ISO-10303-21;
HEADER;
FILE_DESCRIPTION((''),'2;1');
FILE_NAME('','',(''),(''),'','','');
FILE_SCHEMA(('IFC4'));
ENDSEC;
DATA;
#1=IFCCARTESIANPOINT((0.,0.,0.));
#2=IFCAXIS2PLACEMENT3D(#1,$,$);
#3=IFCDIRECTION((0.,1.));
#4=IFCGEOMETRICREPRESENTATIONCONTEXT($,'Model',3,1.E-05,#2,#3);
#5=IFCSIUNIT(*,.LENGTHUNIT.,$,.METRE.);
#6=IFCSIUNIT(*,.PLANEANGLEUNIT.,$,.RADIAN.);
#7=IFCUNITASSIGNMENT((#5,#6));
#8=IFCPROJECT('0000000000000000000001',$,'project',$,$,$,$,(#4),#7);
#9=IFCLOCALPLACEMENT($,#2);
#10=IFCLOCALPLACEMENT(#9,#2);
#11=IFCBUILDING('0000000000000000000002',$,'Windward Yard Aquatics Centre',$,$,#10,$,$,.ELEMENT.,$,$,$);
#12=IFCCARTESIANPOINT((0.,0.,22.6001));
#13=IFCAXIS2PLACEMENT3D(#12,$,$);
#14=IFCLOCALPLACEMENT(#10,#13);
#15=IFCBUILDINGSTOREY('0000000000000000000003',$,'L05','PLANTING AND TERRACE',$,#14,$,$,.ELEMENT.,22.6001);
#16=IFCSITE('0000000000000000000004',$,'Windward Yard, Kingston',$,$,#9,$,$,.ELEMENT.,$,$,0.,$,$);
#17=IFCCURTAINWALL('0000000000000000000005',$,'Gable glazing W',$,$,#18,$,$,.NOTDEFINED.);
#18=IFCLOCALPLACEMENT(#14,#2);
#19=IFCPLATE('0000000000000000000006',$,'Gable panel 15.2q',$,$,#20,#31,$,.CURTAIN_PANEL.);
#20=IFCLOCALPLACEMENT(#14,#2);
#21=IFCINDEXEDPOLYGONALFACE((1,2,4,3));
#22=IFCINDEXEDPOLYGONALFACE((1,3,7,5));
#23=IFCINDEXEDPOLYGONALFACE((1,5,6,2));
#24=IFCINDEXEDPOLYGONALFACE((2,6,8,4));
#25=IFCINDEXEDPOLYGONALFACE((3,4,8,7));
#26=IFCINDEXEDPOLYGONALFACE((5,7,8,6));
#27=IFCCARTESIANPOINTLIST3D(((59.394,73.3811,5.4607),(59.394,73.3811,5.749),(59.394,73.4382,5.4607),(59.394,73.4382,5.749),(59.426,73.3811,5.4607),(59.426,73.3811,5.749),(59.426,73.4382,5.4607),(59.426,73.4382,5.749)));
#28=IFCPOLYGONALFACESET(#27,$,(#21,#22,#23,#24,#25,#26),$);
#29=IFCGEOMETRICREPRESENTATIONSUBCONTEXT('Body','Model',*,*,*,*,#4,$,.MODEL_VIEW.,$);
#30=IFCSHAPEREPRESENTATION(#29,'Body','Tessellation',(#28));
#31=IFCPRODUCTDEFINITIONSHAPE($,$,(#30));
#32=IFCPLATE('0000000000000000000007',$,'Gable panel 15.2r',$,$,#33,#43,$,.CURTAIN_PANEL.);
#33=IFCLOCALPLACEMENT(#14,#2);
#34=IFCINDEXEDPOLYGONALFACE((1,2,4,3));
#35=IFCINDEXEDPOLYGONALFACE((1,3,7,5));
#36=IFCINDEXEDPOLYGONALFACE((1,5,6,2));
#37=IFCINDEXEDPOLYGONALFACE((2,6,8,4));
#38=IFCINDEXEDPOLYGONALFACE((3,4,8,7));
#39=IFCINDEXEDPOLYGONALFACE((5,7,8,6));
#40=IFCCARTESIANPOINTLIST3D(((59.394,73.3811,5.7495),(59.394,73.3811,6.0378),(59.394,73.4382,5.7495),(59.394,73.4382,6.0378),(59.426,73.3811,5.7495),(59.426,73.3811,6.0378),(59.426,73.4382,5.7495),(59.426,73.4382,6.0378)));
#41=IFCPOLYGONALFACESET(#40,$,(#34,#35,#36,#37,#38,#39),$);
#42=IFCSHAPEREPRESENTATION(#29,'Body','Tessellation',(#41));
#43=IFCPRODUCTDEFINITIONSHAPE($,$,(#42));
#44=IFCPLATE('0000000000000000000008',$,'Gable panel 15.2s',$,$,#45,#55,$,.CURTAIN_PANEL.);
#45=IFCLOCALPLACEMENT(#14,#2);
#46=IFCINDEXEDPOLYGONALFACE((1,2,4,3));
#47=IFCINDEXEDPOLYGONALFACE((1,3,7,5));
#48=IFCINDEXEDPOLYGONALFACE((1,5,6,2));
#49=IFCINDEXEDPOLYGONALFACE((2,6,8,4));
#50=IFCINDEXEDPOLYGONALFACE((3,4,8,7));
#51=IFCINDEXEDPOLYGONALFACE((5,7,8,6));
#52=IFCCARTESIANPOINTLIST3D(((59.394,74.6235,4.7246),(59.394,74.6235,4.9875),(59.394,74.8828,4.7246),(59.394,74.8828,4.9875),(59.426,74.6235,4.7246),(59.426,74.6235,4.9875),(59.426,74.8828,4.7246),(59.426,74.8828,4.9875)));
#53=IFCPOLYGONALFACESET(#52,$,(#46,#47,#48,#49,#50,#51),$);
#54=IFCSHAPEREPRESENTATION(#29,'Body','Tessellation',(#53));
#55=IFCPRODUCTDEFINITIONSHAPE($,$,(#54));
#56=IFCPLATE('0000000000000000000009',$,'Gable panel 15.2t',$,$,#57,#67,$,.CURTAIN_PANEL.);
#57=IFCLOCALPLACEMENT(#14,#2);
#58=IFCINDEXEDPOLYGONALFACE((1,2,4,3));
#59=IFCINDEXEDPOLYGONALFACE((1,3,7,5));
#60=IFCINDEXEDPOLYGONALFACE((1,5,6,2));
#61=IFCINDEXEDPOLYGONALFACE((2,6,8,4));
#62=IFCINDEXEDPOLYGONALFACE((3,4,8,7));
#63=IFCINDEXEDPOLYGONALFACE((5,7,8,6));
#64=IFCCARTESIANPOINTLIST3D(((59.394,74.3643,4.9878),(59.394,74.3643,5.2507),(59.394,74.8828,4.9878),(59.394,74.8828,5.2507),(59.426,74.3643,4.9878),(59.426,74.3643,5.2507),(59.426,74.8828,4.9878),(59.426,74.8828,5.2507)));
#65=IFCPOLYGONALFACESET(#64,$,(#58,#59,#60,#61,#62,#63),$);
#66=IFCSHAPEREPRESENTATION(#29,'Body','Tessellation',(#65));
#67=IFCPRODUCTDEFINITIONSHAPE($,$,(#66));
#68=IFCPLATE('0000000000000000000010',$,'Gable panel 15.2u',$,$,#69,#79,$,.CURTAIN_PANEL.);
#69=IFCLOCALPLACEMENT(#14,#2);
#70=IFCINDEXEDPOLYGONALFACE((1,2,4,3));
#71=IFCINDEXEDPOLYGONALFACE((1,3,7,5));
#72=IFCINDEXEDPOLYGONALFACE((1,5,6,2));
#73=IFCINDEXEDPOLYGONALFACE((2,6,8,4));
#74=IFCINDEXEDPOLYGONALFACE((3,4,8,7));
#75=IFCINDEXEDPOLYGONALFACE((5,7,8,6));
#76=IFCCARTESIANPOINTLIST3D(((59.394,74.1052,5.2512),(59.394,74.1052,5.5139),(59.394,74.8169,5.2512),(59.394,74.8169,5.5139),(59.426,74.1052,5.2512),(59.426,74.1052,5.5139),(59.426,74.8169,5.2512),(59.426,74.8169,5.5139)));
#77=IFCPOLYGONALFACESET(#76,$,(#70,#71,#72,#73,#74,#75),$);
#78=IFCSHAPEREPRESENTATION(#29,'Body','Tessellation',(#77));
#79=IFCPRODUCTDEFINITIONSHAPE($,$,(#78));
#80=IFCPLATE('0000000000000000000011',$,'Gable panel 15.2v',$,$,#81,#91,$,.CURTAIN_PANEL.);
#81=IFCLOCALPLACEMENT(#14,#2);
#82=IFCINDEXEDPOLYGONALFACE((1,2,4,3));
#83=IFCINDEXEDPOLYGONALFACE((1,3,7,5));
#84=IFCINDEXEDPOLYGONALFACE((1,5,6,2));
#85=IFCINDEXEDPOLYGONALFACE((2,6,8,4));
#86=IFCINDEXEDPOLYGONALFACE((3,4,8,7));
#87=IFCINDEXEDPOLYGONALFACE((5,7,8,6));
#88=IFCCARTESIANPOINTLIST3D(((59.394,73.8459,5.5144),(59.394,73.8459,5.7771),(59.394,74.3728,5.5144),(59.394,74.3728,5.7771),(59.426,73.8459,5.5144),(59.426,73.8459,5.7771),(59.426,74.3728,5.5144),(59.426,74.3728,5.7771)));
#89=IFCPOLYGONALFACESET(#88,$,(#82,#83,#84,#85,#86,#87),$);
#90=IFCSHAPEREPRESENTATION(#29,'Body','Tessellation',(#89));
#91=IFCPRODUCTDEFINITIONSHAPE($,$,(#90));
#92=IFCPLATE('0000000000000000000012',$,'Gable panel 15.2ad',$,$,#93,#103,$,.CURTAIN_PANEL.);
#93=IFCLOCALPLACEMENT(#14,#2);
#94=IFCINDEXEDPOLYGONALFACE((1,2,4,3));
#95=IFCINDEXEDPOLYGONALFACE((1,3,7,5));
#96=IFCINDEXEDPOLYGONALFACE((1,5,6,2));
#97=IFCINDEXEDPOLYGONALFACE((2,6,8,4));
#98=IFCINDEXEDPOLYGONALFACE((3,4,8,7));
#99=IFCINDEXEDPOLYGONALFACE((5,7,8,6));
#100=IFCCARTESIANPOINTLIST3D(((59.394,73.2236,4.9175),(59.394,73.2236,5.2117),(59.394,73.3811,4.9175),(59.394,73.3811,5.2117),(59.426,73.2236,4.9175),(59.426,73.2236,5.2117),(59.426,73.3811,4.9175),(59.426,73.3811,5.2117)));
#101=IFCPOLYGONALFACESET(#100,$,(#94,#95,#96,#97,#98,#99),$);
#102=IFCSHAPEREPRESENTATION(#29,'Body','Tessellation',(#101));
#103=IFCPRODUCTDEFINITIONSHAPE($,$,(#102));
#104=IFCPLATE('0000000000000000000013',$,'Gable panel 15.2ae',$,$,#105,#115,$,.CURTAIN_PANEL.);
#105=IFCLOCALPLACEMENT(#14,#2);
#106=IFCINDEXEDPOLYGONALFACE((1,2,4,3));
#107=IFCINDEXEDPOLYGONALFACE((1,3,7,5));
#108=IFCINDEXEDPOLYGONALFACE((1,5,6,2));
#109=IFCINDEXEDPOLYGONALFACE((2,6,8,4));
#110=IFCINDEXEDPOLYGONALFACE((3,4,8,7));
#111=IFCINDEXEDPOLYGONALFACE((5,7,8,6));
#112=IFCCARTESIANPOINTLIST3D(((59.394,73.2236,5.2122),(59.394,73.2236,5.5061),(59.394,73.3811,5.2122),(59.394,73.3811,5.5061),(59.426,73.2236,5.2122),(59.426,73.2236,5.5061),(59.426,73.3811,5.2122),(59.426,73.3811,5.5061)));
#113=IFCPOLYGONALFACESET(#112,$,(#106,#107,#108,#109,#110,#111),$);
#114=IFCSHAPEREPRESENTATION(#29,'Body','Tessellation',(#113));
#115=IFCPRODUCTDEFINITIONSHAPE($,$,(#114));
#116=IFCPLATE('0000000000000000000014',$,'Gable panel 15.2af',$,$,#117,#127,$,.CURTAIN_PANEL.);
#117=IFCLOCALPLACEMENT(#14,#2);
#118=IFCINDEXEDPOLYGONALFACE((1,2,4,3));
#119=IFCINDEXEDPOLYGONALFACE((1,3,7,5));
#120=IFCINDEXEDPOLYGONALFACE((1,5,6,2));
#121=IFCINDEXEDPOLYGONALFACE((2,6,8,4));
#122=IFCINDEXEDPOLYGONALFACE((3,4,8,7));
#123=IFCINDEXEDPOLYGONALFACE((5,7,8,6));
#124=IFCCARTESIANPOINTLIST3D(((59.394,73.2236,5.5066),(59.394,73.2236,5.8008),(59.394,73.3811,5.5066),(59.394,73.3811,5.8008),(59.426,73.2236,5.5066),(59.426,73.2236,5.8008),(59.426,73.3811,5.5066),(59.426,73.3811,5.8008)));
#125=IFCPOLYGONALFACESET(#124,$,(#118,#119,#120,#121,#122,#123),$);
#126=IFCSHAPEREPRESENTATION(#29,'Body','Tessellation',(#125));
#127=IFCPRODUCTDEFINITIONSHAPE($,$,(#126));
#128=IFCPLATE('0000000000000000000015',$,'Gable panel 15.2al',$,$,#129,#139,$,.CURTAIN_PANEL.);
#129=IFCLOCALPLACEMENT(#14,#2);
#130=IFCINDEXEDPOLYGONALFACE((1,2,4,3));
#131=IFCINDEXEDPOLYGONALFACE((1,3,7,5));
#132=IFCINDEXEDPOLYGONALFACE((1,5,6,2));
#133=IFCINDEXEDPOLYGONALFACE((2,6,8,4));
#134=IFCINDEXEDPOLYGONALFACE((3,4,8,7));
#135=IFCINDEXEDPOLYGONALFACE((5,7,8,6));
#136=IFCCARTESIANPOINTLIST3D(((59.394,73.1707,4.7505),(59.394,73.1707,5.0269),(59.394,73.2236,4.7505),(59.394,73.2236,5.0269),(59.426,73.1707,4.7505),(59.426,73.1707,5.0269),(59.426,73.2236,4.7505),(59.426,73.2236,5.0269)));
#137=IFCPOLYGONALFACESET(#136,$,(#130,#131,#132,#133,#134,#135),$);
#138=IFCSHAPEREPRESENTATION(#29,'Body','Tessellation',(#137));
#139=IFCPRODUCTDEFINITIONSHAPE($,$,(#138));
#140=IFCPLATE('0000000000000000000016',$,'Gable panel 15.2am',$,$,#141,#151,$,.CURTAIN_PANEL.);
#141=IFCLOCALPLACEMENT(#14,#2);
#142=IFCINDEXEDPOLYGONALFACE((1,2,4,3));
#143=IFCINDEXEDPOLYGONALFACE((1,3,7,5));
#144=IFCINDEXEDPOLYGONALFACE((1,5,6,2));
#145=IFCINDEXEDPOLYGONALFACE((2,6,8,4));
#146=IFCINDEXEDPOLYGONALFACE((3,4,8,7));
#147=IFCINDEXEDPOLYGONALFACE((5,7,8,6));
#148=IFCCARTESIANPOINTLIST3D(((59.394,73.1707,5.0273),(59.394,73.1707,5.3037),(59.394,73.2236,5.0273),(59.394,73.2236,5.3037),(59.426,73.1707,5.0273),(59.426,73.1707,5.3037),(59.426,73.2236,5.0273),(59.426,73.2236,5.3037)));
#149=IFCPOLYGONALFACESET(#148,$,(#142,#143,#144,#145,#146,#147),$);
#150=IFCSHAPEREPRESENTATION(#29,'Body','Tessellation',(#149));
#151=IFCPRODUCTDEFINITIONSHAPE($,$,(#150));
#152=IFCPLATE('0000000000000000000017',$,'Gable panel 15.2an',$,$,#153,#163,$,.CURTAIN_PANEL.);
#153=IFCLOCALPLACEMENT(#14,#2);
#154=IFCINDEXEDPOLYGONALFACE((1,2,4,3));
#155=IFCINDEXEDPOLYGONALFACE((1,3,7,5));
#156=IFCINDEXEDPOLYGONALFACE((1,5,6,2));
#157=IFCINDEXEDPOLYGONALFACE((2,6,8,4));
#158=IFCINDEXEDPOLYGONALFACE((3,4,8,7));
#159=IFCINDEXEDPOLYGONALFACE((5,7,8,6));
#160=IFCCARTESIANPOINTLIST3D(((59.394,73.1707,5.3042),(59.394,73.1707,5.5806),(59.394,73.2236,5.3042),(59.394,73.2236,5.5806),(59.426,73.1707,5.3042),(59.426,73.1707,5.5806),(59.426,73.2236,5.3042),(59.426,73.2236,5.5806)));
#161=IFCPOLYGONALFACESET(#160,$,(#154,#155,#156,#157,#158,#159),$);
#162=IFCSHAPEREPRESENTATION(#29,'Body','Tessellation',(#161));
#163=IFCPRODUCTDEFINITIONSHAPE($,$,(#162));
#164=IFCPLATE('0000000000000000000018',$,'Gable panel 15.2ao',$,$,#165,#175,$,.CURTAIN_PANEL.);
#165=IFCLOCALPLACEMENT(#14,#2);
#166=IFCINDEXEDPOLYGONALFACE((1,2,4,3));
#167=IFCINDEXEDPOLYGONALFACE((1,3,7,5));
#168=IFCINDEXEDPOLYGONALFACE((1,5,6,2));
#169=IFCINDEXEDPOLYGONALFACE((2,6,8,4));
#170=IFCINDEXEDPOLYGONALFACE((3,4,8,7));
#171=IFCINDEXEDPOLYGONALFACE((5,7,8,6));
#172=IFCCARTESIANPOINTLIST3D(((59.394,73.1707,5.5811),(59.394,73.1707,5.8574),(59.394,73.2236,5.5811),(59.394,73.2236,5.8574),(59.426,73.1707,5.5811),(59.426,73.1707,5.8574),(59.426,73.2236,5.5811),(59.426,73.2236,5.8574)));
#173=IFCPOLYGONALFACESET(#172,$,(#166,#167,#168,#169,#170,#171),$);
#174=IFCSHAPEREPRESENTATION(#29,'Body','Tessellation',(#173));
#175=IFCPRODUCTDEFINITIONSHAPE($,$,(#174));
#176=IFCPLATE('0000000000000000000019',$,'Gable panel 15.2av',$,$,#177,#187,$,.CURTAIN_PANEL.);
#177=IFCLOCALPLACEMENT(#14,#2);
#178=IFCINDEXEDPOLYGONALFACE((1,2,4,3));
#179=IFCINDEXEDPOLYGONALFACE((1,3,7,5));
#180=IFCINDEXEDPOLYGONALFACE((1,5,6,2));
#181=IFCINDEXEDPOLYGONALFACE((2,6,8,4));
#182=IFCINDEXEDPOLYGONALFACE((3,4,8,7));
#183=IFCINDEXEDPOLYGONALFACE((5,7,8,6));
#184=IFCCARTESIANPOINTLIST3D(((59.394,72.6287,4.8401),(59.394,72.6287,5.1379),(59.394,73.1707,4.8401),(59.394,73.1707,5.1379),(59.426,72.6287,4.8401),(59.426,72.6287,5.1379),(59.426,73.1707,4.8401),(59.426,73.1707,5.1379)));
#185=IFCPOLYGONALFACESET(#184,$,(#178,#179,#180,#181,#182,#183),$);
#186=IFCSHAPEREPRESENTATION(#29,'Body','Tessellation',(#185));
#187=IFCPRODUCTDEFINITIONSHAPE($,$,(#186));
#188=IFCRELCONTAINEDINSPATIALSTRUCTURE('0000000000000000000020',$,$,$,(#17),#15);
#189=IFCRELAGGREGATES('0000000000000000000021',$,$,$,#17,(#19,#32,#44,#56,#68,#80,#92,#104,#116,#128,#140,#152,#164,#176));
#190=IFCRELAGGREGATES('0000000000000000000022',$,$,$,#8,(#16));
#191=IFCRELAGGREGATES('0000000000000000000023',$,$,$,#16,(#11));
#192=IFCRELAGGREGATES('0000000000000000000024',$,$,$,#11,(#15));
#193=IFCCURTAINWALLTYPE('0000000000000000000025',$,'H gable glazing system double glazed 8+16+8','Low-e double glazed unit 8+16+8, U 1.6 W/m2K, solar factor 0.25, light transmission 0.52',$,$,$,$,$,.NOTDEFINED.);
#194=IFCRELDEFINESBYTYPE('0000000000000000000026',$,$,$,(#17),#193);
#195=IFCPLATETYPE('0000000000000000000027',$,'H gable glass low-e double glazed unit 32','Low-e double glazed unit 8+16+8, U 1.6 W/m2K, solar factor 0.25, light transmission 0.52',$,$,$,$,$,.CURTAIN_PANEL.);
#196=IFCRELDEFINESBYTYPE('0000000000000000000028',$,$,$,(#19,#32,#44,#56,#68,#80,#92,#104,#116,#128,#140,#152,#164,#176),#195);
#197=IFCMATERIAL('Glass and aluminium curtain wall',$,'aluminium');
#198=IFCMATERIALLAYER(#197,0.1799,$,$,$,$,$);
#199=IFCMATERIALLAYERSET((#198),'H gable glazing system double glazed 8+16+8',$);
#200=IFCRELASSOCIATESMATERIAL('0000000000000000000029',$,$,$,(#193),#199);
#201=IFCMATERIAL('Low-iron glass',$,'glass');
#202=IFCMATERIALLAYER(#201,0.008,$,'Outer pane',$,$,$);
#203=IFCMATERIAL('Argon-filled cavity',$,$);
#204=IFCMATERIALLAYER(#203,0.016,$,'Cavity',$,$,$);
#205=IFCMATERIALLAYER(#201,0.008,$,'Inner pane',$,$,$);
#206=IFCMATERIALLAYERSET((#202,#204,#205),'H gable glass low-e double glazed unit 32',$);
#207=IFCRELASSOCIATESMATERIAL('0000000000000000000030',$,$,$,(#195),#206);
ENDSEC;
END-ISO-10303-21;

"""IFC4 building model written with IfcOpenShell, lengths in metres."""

from ifc_helpers import new_model, si_unit, direction, frame, origin, place, context, subcontext, project, spatial, polyline, outline, extrude, material, layer, layer_set, type_object, element, aggregate, save


model = new_model("IFC4")

# Units and contexts
model_context = context("Model", 3, precision=1e-05, world=origin(), true_north=direction((0.0, 1.0)))
body_context = subcontext(model_context, "Body", "Model", "MODEL_VIEW")
ifc_project = project(units=[si_unit("LENGTHUNIT", "METRE"), si_unit("PLANEANGLEUNIT", "RADIAN")], contexts=[model_context])

# Site, building, storey
site_placement = place(None, origin())
site = spatial("IfcSite", under=ifc_project, at=site_placement, Name="Windward Yard, Kingston", CompositionType="ELEMENT", RefElevation=0.0)
building_placement = place(site_placement, origin())
building = spatial("IfcBuilding", under=site, at=building_placement, Name="Windward Yard Aquatics Centre", CompositionType="ELEMENT")
storey_placement = place(building_placement, frame((0.0, 0.0, 22.6001)))
storey = spatial("IfcBuildingStorey", under=building, at=storey_placement, Name="L05", Description="PLANTING AND TERRACE", CompositionType="ELEMENT", Elevation=22.6001)

# Curtain wall, plates
ifc_material_1 = material(Name="Glass and aluminium curtain wall", Category="aluminium")
ifc_layer_1 = layer(ifc_material_1, 0.1799)
ifc_layer_set_1 = layer_set([ifc_layer_1], Name="H gable glazing system double glazed 8+16+8")
curtain_wall_type = type_object("IfcCurtainWallType", Name="H gable glazing system double glazed 8+16+8", Description="Low-e double glazed unit 8+16+8, U 1.6 W/m2K, solar factor 0.25, light transmission 0.52", PredefinedType="NOTDEFINED", material=ifc_layer_set_1)
curtain_wall_placement = place(storey_placement, origin())
curtain_wall = element("IfcCurtainWall", 1, at=curtain_wall_placement, inside=storey, type_object=curtain_wall_type, Name="Gable glazing W", PredefinedType="NOTDEFINED")
ifc_material_2 = material(Name="Low-iron glass", Category="glass")
ifc_layer_2 = layer(ifc_material_2, 0.008, Name="Outer pane")
ifc_material_3 = material(Name="Argon-filled cavity")
ifc_layer_3 = layer(ifc_material_3, 0.016, Name="Cavity")
ifc_layer_4 = layer(ifc_material_2, 0.008, Name="Inner pane")
ifc_layer_set_2 = layer_set([ifc_layer_2, ifc_layer_3, ifc_layer_4], Name="H gable glass low-e double glazed unit 32")
plate_type = type_object("IfcPlateType", Name="H gable glass low-e double glazed unit 32", Description="Low-e double glazed unit 8+16+8, U 1.6 W/m2K, solar factor 0.25, light transmission 0.52", PredefinedType="CURTAIN_PANEL", material=ifc_layer_set_2)
plate_1_placement = place(storey_placement, frame((59.426, 73.3811, 5.4607), z_axis=(1.0, 0.0, 0.0), x_axis=(0.0, 1.0, 0.0)))
plate_1 = element("IfcPlate", 2, at=plate_1_placement, type_object=plate_type, Name="Gable panel 15.2q", PredefinedType="CURTAIN_PANEL", context=body_context, shape_type="SweptSolid", body=[
    extrude(outline(polyline([(0.0, 0.0), (0.0571, 0.0), (0.0571, 0.2883), (0.0, 0.2883), (0.0, 0.0)])), origin(), (0.0, 0.0, -1.0), 0.032),
])
plate_2_placement = place(storey_placement, frame((59.426, 73.3811, 5.7495), z_axis=(1.0, 0.0, 0.0), x_axis=(0.0, 1.0, 0.0)))
plate_2 = element("IfcPlate", 3, at=plate_2_placement, type_object=plate_type, Name="Gable panel 15.2r", PredefinedType="CURTAIN_PANEL", context=body_context, shape_type="SweptSolid", body=[
    extrude(outline(polyline([(0.0, 0.0), (0.0571, 0.0), (0.0571, 0.2883), (0.0, 0.2883), (0.0, 0.0)])), origin(), (0.0, 0.0, -1.0), 0.032),
])
plate_3_placement = place(storey_placement, frame((59.426, 74.6235, 4.7246), z_axis=(1.0, 0.0, 0.0), x_axis=(0.0, 1.0, 0.0)))
plate_3 = element("IfcPlate", 4, at=plate_3_placement, type_object=plate_type, Name="Gable panel 15.2s", PredefinedType="CURTAIN_PANEL", context=body_context, shape_type="SweptSolid", body=[
    extrude(outline(polyline([(0.0, 0.0), (0.2593, 0.0), (0.2593, 0.2629), (0.0, 0.2629), (0.0, 0.0)])), origin(), (0.0, 0.0, -1.0), 0.032),
])
plate_4_placement = place(storey_placement, frame((59.426, 74.3643, 4.9878), z_axis=(1.0, 0.0, 0.0), x_axis=(0.0, 1.0, 0.0)))
plate_4 = element("IfcPlate", 5, at=plate_4_placement, type_object=plate_type, Name="Gable panel 15.2t", PredefinedType="CURTAIN_PANEL", context=body_context, shape_type="SweptSolid", body=[
    extrude(outline(polyline([(0.0, 0.0), (0.5186, 0.0), (0.5186, 0.2629), (0.0, 0.2629), (0.0, 0.0)])), origin(), (0.0, 0.0, -1.0), 0.032),
])
plate_5_placement = place(storey_placement, frame((59.426, 74.1052, 5.2512), z_axis=(1.0, 0.0, 0.0), x_axis=(0.0, 1.0, 0.0)))
plate_5 = element("IfcPlate", 6, at=plate_5_placement, type_object=plate_type, Name="Gable panel 15.2u", PredefinedType="CURTAIN_PANEL", context=body_context, shape_type="SweptSolid", body=[
    extrude(outline(polyline([(0.0, 0.0), (0.7117, 0.0), (0.7117, 0.2627), (0.0, 0.2627), (0.0, 0.0)])), origin(), (0.0, 0.0, -1.0), 0.032),
])
plate_6_placement = place(storey_placement, frame((59.426, 73.8459, 5.5144), z_axis=(1.0, 0.0, 0.0), x_axis=(0.0, 1.0, 0.0)))
plate_6 = element("IfcPlate", 7, at=plate_6_placement, type_object=plate_type, Name="Gable panel 15.2v", PredefinedType="CURTAIN_PANEL", context=body_context, shape_type="SweptSolid", body=[
    extrude(outline(polyline([(0.0, 0.0), (0.5269, 0.0), (0.5269, 0.2627), (0.0, 0.2627), (0.0, 0.0)])), origin(), (0.0, 0.0, -1.0), 0.032),
])
plate_7_placement = place(storey_placement, frame((59.426, 73.2236, 4.9175), z_axis=(1.0, 0.0, 0.0), x_axis=(0.0, 1.0, 0.0)))
plate_7 = element("IfcPlate", 8, at=plate_7_placement, type_object=plate_type, Name="Gable panel 15.2ad", PredefinedType="CURTAIN_PANEL", context=body_context, shape_type="SweptSolid", body=[
    extrude(outline(polyline([(0.0, 0.0), (0.1575, 0.0), (0.1575, 0.2942), (0.0, 0.2942), (0.0, 0.0)])), origin(), (0.0, 0.0, -1.0), 0.032),
])
plate_8_placement = place(storey_placement, frame((59.426, 73.2236, 5.2122), z_axis=(1.0, 0.0, 0.0), x_axis=(0.0, 1.0, 0.0)))
plate_8 = element("IfcPlate", 9, at=plate_8_placement, type_object=plate_type, Name="Gable panel 15.2ae", PredefinedType="CURTAIN_PANEL", context=body_context, shape_type="SweptSolid", body=[
    extrude(outline(polyline([(0.0, 0.0), (0.1575, 0.0), (0.1575, 0.2939), (0.0, 0.2939), (0.0, 0.0)])), origin(), (0.0, 0.0, -1.0), 0.032),
])
plate_9_placement = place(storey_placement, frame((59.426, 73.2236, 5.5066), z_axis=(1.0, 0.0, 0.0), x_axis=(0.0, 1.0, 0.0)))
plate_9 = element("IfcPlate", 10, at=plate_9_placement, type_object=plate_type, Name="Gable panel 15.2af", PredefinedType="CURTAIN_PANEL", context=body_context, shape_type="SweptSolid", body=[
    extrude(outline(polyline([(0.0, 0.0), (0.1575, 0.0), (0.1575, 0.2942), (0.0, 0.2942), (0.0, 0.0)])), origin(), (0.0, 0.0, -1.0), 0.032),
])
plate_10_placement = place(storey_placement, frame((59.426, 73.1707, 4.7505), z_axis=(1.0, 0.0, 0.0), x_axis=(0.0, 1.0, 0.0)))
plate_10 = element("IfcPlate", 11, at=plate_10_placement, type_object=plate_type, Name="Gable panel 15.2al", PredefinedType="CURTAIN_PANEL", context=body_context, shape_type="SweptSolid", body=[
    extrude(outline(polyline([(0.0, 0.0), (0.053, 0.0), (0.053, 0.2764), (0.0, 0.2764), (0.0, 0.0)])), origin(), (0.0, 0.0, -1.0), 0.032),
])
plate_11_placement = place(storey_placement, frame((59.426, 73.1707, 5.0273), z_axis=(1.0, 0.0, 0.0), x_axis=(0.0, 1.0, 0.0)))
plate_11 = element("IfcPlate", 12, at=plate_11_placement, type_object=plate_type, Name="Gable panel 15.2am", PredefinedType="CURTAIN_PANEL", context=body_context, shape_type="SweptSolid", body=[
    extrude(outline(polyline([(0.0, 0.0), (0.053, 0.0), (0.053, 0.2764), (0.0, 0.2764), (0.0, 0.0)])), origin(), (0.0, 0.0, -1.0), 0.032),
])
plate_12_placement = place(storey_placement, frame((59.426, 73.1707, 5.3042), z_axis=(1.0, 0.0, 0.0), x_axis=(0.0, 1.0, 0.0)))
plate_12 = element("IfcPlate", 13, at=plate_12_placement, type_object=plate_type, Name="Gable panel 15.2an", PredefinedType="CURTAIN_PANEL", context=body_context, shape_type="SweptSolid", body=[
    extrude(outline(polyline([(0.0, 0.0), (0.053, 0.0), (0.053, 0.2764), (0.0, 0.2764), (0.0, 0.0)])), origin(), (0.0, 0.0, -1.0), 0.032),
])
plate_13_placement = place(storey_placement, frame((59.426, 73.1707, 5.5811), z_axis=(1.0, 0.0, 0.0), x_axis=(0.0, 1.0, 0.0)))
plate_13 = element("IfcPlate", 14, at=plate_13_placement, type_object=plate_type, Name="Gable panel 15.2ao", PredefinedType="CURTAIN_PANEL", context=body_context, shape_type="SweptSolid", body=[
    extrude(outline(polyline([(0.0, 0.0), (0.053, 0.0), (0.053, 0.2764), (0.0, 0.2764), (0.0, 0.0)])), origin(), (0.0, 0.0, -1.0), 0.032),
])
plate_14_placement = place(storey_placement, frame((59.426, 72.6287, 4.8401), z_axis=(1.0, 0.0, 0.0), x_axis=(0.0, 1.0, 0.0)))
plate_14 = element("IfcPlate", 15, at=plate_14_placement, type_object=plate_type, Name="Gable panel 15.2av", PredefinedType="CURTAIN_PANEL", context=body_context, shape_type="SweptSolid", body=[
    extrude(outline(polyline([(0.0, 0.0), (0.542, 0.0), (0.542, 0.2979), (0.0, 0.2979), (0.0, 0.0)])), origin(), (0.0, 0.0, -1.0), 0.032),
])
aggregate(curtain_wall, [plate_1, plate_2, plate_3, plate_4, plate_5, plate_6, plate_7, plate_8, plate_9, plate_10, plate_11, plate_12, plate_13, plate_14])

save(model, "model.ifc")
